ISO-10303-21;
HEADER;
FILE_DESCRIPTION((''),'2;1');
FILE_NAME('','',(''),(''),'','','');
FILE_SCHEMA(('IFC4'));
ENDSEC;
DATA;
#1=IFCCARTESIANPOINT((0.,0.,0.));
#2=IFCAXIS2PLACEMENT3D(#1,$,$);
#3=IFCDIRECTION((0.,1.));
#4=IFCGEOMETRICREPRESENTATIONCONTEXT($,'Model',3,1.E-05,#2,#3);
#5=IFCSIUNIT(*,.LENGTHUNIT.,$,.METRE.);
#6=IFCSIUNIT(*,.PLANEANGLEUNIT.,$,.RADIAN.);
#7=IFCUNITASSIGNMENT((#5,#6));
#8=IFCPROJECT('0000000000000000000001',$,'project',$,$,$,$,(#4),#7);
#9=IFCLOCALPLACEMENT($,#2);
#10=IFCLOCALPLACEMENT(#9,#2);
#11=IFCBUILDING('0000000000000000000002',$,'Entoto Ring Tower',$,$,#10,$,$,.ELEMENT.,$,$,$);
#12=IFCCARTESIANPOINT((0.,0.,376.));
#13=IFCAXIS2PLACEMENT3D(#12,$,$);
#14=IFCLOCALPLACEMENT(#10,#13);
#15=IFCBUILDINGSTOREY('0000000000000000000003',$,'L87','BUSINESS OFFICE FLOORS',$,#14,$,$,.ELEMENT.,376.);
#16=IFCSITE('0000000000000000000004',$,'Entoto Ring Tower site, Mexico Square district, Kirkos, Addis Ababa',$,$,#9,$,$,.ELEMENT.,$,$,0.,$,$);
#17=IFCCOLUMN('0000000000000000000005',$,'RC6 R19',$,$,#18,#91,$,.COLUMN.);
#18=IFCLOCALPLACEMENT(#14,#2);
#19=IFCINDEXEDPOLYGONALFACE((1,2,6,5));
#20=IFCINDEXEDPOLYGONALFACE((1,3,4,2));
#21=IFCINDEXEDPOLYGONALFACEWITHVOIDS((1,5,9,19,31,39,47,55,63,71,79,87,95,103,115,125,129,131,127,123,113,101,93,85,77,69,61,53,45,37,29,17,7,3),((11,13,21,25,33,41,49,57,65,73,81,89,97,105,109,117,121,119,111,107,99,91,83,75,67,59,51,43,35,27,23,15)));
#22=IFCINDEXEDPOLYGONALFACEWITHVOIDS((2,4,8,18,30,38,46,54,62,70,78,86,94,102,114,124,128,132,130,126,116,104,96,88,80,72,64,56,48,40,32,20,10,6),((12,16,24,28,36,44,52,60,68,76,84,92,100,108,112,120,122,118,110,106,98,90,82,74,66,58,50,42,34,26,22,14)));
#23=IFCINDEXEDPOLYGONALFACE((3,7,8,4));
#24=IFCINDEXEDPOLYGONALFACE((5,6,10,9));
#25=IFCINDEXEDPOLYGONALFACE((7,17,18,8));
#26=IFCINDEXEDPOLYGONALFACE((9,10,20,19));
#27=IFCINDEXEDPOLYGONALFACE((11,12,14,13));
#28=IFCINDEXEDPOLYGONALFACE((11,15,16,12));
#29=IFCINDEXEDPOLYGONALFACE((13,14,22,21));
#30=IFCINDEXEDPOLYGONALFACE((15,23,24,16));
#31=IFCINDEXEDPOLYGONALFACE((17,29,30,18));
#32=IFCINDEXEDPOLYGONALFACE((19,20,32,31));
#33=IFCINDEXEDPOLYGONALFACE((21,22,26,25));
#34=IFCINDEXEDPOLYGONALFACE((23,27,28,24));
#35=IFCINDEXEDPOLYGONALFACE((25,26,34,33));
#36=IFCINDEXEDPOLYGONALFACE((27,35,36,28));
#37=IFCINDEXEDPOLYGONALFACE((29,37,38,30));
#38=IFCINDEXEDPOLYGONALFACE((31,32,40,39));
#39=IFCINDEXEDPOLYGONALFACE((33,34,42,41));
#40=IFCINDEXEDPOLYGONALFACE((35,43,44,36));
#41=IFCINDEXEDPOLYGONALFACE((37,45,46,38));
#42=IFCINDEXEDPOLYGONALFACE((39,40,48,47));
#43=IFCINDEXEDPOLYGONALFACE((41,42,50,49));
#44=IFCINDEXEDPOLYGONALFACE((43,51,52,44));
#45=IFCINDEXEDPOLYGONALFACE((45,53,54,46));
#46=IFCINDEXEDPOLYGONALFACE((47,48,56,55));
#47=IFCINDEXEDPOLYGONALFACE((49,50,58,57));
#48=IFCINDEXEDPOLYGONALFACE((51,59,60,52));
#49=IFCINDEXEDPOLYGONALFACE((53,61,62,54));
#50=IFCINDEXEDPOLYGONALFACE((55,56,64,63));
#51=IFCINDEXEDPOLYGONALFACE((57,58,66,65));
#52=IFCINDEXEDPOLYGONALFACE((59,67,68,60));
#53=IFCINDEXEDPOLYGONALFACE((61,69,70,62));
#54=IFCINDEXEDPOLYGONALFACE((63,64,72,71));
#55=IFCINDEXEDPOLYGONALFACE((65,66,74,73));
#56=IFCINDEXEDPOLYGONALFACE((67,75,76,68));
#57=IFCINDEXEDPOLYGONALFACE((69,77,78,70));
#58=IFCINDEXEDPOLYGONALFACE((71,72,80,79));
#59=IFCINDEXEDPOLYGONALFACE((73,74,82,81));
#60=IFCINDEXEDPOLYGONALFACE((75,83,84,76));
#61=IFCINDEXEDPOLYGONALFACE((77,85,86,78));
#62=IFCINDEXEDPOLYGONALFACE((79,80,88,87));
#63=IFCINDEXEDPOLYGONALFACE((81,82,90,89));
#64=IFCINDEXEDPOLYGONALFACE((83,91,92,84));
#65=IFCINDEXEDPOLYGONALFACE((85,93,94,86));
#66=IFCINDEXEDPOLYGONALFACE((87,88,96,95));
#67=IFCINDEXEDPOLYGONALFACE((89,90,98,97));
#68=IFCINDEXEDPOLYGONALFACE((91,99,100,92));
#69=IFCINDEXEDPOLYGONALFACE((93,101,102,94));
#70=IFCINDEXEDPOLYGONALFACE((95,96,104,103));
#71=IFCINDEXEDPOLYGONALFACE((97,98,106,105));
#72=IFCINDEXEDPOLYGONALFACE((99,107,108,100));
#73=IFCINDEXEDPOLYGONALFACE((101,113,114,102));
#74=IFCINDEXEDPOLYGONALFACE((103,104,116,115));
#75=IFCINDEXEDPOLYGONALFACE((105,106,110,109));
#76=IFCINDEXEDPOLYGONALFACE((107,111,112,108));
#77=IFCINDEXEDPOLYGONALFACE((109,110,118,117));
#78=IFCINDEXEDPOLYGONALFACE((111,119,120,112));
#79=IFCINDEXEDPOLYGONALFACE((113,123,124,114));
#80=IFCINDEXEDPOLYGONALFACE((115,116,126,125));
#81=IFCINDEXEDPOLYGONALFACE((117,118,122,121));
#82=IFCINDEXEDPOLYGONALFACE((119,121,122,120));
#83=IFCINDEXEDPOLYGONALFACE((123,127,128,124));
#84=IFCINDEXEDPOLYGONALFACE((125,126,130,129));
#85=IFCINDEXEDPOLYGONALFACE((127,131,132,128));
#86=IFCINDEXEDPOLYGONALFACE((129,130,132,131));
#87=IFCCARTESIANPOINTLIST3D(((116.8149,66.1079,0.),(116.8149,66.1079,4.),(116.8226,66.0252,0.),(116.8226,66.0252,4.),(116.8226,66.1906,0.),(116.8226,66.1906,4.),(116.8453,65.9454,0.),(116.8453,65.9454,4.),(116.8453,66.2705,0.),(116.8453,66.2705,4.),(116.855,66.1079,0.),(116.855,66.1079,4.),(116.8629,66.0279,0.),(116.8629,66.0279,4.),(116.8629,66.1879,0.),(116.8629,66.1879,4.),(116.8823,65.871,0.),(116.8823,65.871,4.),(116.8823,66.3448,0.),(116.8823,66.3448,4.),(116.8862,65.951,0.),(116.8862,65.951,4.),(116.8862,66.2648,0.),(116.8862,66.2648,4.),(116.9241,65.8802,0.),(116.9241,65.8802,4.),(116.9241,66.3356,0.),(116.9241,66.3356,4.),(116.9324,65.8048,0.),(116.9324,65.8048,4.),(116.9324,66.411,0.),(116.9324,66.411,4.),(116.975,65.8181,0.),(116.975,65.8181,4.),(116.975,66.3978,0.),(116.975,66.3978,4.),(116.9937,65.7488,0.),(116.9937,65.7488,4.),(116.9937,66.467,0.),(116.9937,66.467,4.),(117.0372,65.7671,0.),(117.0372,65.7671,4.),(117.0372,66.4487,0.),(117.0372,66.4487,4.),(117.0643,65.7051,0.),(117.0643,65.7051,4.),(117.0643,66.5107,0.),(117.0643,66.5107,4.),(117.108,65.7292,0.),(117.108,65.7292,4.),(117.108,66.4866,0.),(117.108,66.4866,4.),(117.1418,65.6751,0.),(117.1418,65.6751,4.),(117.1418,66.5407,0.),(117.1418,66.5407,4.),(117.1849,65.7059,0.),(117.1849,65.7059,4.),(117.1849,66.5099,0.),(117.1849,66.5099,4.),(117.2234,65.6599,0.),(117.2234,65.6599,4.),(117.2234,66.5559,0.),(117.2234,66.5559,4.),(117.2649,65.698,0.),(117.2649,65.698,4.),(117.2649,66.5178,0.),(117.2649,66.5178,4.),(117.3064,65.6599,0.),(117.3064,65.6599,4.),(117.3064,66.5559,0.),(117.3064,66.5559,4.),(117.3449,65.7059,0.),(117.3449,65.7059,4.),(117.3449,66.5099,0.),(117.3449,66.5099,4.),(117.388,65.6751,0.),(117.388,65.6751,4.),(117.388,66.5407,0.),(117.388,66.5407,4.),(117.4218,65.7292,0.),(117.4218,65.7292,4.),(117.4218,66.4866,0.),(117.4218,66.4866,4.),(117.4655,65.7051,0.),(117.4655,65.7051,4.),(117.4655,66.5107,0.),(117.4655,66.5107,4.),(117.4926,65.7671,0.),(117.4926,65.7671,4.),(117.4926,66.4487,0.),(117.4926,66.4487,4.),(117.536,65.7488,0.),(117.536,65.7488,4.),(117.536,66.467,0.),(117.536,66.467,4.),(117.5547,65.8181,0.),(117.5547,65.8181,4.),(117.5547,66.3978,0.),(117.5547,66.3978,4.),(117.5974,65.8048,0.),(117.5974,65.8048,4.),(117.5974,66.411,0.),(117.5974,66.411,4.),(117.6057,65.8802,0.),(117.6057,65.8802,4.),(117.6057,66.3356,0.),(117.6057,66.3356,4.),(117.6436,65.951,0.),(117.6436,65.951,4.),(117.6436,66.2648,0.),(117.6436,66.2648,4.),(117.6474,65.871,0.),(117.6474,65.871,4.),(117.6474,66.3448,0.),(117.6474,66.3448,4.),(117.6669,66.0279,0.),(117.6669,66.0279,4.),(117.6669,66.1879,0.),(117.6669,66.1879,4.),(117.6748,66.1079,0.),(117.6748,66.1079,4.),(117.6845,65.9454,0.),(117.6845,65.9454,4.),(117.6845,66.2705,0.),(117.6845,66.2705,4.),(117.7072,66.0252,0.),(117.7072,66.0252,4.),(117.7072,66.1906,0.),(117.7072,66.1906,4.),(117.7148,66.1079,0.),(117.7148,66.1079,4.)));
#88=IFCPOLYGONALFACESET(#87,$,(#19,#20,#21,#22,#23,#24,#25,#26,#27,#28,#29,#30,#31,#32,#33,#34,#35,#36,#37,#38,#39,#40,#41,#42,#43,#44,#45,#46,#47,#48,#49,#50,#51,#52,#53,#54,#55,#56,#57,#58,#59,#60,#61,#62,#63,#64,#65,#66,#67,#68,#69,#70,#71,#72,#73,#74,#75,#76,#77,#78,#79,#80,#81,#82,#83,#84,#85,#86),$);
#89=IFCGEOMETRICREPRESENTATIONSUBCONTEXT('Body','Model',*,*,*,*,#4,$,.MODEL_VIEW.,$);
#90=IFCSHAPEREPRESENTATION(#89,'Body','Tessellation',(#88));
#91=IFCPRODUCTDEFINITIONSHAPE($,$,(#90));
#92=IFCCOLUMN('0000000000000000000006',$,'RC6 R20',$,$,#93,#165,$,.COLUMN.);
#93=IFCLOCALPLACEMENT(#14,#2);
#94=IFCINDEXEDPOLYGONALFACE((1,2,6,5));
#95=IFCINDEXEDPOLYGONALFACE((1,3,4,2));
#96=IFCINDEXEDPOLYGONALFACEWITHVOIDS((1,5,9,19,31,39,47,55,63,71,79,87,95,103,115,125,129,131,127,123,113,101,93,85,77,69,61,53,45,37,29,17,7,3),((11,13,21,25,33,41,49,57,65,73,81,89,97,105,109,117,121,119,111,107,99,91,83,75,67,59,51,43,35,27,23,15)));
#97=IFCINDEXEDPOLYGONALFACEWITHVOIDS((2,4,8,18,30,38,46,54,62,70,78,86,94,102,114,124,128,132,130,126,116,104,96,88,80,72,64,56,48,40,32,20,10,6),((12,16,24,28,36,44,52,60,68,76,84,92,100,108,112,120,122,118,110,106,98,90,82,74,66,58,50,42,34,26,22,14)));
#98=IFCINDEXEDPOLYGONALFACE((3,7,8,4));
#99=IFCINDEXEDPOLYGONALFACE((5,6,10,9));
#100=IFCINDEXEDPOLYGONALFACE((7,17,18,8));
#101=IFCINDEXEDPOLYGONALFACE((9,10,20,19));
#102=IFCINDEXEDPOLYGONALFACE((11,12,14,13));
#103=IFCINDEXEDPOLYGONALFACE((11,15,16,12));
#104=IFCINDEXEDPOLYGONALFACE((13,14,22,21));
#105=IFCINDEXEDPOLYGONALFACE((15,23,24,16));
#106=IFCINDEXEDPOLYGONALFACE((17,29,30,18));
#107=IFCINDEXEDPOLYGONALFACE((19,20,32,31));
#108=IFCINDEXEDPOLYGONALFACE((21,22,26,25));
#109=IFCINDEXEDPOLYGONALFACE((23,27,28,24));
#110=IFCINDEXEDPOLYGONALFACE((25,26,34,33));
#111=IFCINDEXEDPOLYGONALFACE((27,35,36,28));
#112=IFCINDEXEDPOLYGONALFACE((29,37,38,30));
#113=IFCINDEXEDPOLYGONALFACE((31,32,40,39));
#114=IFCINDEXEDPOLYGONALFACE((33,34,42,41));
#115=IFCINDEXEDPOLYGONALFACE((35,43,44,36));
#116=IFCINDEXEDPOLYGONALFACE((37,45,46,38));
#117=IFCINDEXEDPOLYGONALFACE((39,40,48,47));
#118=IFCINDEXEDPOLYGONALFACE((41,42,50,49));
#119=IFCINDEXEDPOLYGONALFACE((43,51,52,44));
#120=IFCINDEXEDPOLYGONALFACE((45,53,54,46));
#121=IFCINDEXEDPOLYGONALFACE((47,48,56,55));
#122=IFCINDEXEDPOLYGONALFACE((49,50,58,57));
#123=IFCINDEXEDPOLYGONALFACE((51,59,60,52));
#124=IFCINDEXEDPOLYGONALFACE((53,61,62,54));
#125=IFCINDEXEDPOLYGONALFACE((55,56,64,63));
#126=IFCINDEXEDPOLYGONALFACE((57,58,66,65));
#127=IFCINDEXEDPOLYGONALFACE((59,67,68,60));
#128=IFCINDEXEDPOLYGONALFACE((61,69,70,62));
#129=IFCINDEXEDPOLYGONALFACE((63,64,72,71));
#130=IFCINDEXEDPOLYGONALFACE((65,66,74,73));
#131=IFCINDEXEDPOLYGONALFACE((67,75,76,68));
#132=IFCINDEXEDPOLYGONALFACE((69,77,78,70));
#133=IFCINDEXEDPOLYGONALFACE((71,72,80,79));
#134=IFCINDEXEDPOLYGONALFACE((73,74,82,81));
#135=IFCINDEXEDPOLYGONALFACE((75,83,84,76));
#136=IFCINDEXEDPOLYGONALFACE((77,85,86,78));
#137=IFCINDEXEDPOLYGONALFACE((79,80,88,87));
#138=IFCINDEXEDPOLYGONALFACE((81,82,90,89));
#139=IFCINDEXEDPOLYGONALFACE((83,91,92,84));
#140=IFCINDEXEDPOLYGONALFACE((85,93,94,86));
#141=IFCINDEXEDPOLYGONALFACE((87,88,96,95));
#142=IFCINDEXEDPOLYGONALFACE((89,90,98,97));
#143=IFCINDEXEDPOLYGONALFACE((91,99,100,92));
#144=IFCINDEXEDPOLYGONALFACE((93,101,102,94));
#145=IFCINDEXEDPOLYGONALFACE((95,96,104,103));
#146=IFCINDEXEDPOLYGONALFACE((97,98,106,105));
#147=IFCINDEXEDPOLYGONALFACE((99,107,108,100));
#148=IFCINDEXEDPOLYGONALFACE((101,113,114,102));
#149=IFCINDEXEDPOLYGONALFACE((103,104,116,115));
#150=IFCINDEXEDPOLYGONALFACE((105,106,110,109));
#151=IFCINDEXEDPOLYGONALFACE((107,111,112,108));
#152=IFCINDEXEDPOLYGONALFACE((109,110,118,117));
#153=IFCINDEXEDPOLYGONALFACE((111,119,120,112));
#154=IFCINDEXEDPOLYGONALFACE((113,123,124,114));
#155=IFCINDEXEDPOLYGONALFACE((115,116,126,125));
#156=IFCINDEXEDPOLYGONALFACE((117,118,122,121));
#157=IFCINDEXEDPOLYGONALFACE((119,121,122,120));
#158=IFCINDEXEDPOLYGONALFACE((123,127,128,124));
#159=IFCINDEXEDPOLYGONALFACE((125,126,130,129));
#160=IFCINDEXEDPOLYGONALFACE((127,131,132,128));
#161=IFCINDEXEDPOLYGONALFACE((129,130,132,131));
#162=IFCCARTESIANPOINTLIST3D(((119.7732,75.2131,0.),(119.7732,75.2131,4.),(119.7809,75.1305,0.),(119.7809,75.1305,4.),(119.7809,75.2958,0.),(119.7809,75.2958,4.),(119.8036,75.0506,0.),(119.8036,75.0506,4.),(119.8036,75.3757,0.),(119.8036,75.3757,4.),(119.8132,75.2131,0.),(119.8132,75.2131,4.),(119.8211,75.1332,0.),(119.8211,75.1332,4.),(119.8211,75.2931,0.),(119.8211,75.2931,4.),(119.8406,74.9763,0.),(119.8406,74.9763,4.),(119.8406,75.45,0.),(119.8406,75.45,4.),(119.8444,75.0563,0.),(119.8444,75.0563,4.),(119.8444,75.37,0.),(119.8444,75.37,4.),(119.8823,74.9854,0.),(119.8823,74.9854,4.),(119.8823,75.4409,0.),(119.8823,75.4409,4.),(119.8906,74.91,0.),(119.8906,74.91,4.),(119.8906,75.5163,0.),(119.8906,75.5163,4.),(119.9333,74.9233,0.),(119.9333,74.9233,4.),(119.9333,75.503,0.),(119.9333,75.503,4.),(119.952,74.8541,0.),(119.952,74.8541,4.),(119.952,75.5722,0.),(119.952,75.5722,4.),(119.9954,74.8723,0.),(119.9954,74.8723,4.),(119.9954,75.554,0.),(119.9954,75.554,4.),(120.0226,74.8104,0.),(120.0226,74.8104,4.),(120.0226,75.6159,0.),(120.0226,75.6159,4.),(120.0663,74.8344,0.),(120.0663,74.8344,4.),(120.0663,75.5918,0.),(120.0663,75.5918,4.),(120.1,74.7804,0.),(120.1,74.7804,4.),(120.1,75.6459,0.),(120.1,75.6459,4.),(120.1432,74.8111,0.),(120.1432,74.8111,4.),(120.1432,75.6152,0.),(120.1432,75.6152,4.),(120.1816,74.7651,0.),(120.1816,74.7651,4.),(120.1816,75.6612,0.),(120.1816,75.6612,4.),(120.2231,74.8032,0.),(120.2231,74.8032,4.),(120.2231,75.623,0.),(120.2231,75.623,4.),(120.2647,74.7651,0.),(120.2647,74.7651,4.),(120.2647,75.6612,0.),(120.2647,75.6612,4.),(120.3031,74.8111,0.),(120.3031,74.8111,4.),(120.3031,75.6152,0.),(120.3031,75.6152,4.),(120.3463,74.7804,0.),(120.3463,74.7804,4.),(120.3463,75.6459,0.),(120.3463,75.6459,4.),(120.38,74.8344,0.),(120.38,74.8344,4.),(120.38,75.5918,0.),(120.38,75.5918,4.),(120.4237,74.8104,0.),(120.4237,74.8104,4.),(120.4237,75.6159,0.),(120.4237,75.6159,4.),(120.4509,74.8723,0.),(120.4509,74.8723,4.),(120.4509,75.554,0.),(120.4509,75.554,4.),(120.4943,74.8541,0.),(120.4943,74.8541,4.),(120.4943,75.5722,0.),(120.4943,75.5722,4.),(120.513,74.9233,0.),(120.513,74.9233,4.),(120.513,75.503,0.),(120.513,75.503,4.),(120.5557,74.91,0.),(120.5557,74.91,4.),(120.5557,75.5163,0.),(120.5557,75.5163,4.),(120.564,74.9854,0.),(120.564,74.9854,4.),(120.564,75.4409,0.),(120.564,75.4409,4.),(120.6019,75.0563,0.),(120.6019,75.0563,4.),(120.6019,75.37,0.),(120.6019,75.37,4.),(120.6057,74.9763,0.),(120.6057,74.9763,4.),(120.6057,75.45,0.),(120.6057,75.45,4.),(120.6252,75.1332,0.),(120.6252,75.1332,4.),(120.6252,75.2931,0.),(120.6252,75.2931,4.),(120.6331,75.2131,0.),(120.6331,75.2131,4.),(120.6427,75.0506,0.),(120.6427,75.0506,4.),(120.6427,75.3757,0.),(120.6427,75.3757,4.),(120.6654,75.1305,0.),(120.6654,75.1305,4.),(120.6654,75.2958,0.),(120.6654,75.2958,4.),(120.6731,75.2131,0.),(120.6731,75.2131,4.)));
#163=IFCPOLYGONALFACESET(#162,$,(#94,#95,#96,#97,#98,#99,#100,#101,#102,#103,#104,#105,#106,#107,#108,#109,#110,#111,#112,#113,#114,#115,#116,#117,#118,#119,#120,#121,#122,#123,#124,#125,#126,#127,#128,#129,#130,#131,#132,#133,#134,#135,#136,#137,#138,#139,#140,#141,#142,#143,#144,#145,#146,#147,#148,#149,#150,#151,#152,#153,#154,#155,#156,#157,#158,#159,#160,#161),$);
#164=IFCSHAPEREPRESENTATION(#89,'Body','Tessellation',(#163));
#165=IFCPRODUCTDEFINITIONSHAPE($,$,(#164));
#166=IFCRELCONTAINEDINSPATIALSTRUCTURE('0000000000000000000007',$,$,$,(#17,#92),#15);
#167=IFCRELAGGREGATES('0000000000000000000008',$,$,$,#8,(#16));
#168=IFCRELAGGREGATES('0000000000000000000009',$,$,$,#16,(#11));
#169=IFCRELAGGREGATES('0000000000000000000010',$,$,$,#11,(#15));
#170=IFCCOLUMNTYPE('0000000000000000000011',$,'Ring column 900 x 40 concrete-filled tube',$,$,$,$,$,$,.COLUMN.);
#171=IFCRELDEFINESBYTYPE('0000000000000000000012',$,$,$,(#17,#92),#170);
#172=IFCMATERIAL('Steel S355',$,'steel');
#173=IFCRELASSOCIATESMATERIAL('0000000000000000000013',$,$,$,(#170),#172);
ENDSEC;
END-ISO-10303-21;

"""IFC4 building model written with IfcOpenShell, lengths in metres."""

from ifc_helpers import new_model, si_unit, direction, frame, origin, origin_2d, place, context, subcontext, project, spatial, circle, hollow_circle, extrude, material, material_profile, profile_set, type_object, element, save


model = new_model("IFC4")

# Units and contexts
model_context = context("Model", 3, precision=1e-05, world=origin(), true_north=direction((0.0, 1.0)))
body_context = subcontext(model_context, "Body", "Model", "MODEL_VIEW")
ifc_project = project(units=[si_unit("LENGTHUNIT", "METRE"), si_unit("PLANEANGLEUNIT", "RADIAN")], contexts=[model_context])

# Site, building, storey
site_placement = place(None, origin())
site = spatial("IfcSite", under=ifc_project, at=site_placement, Name="Entoto Ring Tower site, Mexico Square district, Kirkos, Addis Ababa", CompositionType="ELEMENT", RefElevation=0.0)
building_placement = place(site_placement, origin())
building = spatial("IfcBuilding", under=site, at=building_placement, Name="Entoto Ring Tower", CompositionType="ELEMENT")
storey_placement = place(building_placement, frame((0.0, 0.0, 376.0)))
storey = spatial("IfcBuildingStorey", under=building, at=storey_placement, Name="L87", Description="BUSINESS OFFICE FLOORS", CompositionType="ELEMENT", Elevation=376.0)

# Columns
ifc_material_1 = material(Name="Steel S355", Category="steel")
ifc_material_profile_1 = material_profile(ifc_material_1, hollow_circle(Radius=0.45, WallThickness=0.04, at=origin_2d()), Name="CHS 900 x 40")
ifc_material_2 = material(Name="Concrete C60/75", Category="concrete")
ifc_material_profile_2 = material_profile(ifc_material_2, circle(Radius=0.4099, at=origin_2d()), Name="Concrete C60/75 infill")
ifc_profile_set_1 = profile_set([ifc_material_profile_1, ifc_material_profile_2], Name="Steel S355")
column_type = type_object("IfcColumnType", Name="Ring column 900 x 40 concrete-filled tube", PredefinedType="COLUMN", material=ifc_profile_set_1)
for number, where, z_axis, x_axis, name in (
    (1, (117.2649, 66.1079, 0.0), (0.0, 0.0, 1.0), (1.0, 0.0, 0.0), "RC6 R19"),
    (2, (120.2231, 75.2131, 0.0), (0.0, 0.0, 1.0), (1.0, 0.0, 0.0), "RC6 R20"),
):
    element("IfcColumn", number, at=place(storey_placement, frame(where, z_axis=z_axis, x_axis=x_axis)), inside=storey, type_object=column_type, Name=name, PredefinedType="COLUMN", context=body_context, shape_type="SweptSolid", body=[
        extrude(hollow_circle(Radius=0.45, WallThickness=0.04, at=origin_2d()), origin(), (0.0, 0.0, 1.0), 4.0),
    ])

save(model, "model.ifc")
